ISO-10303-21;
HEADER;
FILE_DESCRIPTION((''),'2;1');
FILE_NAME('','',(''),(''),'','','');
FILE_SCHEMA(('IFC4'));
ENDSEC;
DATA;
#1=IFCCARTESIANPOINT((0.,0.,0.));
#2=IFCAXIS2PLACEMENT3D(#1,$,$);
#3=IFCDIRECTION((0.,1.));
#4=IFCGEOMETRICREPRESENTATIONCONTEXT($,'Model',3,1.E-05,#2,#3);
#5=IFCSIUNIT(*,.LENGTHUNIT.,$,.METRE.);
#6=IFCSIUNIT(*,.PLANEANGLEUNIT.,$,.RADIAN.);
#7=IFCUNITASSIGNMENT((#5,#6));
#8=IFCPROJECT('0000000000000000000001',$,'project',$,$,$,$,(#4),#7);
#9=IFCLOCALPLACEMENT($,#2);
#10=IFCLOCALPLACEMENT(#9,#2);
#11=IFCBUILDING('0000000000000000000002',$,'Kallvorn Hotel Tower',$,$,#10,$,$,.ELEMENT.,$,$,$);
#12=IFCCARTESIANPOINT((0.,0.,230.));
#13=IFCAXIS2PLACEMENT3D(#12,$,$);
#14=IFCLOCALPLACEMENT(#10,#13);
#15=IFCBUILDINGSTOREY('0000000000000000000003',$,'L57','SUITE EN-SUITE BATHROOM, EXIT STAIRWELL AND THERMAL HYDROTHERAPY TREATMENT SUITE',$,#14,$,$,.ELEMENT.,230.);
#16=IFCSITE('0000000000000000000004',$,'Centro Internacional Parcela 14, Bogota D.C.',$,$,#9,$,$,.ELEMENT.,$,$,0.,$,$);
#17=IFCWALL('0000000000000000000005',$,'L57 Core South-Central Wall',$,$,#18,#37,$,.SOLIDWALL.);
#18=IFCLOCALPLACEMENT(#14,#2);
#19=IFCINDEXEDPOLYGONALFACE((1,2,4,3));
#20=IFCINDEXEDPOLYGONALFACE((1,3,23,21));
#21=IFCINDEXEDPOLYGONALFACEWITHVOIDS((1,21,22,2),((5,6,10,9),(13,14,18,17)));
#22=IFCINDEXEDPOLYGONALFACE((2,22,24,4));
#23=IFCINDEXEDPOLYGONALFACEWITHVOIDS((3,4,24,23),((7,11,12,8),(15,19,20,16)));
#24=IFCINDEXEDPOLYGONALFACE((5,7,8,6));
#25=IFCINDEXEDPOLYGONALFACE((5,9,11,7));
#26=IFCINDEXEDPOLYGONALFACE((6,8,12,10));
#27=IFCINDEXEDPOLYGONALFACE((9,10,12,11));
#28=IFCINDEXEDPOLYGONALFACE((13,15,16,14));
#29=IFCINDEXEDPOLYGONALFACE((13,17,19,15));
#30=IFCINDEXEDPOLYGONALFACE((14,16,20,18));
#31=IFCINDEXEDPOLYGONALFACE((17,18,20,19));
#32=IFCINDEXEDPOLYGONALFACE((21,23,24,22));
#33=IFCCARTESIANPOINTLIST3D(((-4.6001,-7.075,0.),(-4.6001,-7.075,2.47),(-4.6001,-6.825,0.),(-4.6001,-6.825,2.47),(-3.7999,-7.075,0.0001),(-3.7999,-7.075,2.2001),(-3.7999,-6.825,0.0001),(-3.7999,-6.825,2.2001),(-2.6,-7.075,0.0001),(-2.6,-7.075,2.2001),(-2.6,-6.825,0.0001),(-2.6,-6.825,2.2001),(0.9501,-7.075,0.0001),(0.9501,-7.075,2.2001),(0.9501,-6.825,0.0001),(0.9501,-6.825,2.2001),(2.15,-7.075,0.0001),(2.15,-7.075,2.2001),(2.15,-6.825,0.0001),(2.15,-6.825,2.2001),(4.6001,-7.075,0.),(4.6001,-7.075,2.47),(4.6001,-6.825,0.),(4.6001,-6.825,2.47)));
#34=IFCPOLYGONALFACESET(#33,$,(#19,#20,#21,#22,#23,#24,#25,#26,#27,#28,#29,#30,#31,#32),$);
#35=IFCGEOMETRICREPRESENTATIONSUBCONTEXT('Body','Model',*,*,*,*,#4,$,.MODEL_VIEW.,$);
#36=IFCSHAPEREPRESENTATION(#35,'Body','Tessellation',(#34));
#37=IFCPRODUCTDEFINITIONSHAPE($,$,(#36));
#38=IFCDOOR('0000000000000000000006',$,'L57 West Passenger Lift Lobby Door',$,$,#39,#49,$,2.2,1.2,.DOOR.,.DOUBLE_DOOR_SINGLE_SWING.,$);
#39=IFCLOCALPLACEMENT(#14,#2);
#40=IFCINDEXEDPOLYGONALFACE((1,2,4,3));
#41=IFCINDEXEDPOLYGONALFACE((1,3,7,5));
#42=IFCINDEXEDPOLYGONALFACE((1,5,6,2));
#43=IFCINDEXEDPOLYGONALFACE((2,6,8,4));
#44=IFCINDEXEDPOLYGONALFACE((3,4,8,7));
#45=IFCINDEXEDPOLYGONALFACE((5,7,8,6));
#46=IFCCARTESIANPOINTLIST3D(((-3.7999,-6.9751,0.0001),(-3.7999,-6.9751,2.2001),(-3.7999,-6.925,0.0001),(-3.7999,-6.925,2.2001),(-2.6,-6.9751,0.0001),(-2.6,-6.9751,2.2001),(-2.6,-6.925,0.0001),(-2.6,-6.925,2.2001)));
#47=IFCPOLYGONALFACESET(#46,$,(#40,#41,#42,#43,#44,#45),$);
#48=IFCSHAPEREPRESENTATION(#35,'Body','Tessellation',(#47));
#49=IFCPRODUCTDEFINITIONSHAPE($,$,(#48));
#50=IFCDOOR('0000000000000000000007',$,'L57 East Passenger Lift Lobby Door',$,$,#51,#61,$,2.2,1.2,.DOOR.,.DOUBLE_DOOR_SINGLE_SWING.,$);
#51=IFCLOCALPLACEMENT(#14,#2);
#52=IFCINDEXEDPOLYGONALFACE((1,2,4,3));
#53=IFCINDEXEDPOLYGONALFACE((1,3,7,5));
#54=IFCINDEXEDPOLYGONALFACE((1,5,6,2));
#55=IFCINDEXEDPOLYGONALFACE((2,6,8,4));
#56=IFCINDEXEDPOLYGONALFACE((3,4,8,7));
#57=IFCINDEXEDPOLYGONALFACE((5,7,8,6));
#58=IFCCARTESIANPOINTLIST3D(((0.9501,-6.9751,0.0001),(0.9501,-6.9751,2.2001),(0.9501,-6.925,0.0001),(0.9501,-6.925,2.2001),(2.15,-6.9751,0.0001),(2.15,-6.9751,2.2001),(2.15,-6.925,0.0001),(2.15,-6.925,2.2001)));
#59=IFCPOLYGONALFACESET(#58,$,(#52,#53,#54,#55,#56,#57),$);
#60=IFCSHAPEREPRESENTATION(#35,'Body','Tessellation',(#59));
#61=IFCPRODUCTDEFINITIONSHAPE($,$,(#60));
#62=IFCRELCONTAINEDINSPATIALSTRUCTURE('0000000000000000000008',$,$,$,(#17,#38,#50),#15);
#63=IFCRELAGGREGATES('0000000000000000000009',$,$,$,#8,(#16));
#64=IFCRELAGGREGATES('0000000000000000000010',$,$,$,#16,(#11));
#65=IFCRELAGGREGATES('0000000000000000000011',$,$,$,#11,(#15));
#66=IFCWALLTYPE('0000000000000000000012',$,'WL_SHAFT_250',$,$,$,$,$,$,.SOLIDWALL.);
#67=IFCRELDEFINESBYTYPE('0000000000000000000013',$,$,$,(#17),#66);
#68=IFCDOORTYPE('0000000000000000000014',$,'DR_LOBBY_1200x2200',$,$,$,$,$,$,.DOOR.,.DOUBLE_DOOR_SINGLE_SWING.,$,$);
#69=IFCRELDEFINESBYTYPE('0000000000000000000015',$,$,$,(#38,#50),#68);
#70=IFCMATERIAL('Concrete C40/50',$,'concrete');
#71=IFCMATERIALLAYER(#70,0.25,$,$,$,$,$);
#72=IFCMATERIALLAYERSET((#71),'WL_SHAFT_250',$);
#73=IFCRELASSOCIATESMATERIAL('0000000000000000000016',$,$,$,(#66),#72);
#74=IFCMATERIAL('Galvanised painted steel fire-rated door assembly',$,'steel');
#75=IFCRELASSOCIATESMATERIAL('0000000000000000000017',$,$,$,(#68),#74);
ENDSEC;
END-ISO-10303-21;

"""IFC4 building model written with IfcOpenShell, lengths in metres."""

from ifc_helpers import new_model, si_unit, direction, frame, frame_2d, origin, place, context, subcontext, project, spatial, rectangle, extrude, material, layer, layer_set, type_object, element, fill, save


model = new_model("IFC4")

# Units and contexts
model_context = context("Model", 3, precision=1e-05, world=origin(), true_north=direction((0.0, 1.0)))
body_context = subcontext(model_context, "Body", "Model", "MODEL_VIEW")
ifc_project = project(units=[si_unit("LENGTHUNIT", "METRE"), si_unit("PLANEANGLEUNIT", "RADIAN")], contexts=[model_context])

# Site, building, storey
site_placement = place(None, origin())
site = spatial("IfcSite", under=ifc_project, at=site_placement, Name="Centro Internacional Parcela 14, Bogota D.C.", CompositionType="ELEMENT", RefElevation=0.0)
building_placement = place(site_placement, origin())
building = spatial("IfcBuilding", under=site, at=building_placement, Name="Kallvorn Hotel Tower", CompositionType="ELEMENT")
storey_placement = place(building_placement, frame((0.0, 0.0, 230.0)))
storey = spatial("IfcBuildingStorey", under=building, at=storey_placement, Name="L57", Description="SUITE EN-SUITE BATHROOM, EXIT STAIRWELL AND THERMAL HYDROTHERAPY TREATMENT SUITE", CompositionType="ELEMENT", Elevation=230.0)

# Wall, openings, doors
ifc_material_1 = material(Name="Concrete C40/50", Category="concrete")
ifc_layer_1 = layer(ifc_material_1, 0.25)
ifc_layer_set_1 = layer_set([ifc_layer_1], Name="WL_SHAFT_250")
wall_type_1 = type_object("IfcWallType", Name="WL_SHAFT_250", PredefinedType="SOLIDWALL", material=ifc_layer_set_1)
wall_1_placement = place(storey_placement, frame((-4.6001, -6.95, 0.0), z_axis=(0.0, 0.0, 1.0), x_axis=(1.0, 0.0, 0.0)))
wall_1 = element("IfcWall", 1, at=wall_1_placement, inside=storey, type_object=wall_type_1, Name="L57 Core South-Central Wall", PredefinedType="SOLIDWALL", context=body_context, shape_type="SweptSolid", body=[
    extrude(rectangle(XDim=9.2002, YDim=0.25, at=frame_2d((4.6001, 0.0))), origin(), (0.0, 0.0, 1.0), 2.47),
])
opening_1_placement = place(wall_1_placement, frame((0.8, 0.0, 0.0)))
opening_1 = element("IfcOpeningElement", 2, at=opening_1_placement, cuts=wall_1, PredefinedType="OPENING", context=body_context, shape_type="SweptSolid", body=[
    extrude(rectangle(XDim=1.2, YDim=2.2, at=frame_2d((0.6001, 1.1001))), frame((0.0, 0.1399, 0.0), z_axis=(0.0, -1.0, 0.0), x_axis=(1.0, 0.0, 0.0)), (0.0, 0.0, 1.0), 0.28),
])
opening_2_placement = place(wall_1_placement, frame((5.55, 0.0, 0.0)))
opening_2 = element("IfcOpeningElement", 3, at=opening_2_placement, cuts=wall_1, PredefinedType="OPENING", context=body_context, shape_type="SweptSolid", body=[
    extrude(rectangle(XDim=1.2, YDim=2.2, at=frame_2d((0.6001, 1.1001))), frame((0.0, 0.1399, 0.0), z_axis=(0.0, -1.0, 0.0), x_axis=(1.0, 0.0, 0.0)), (0.0, 0.0, 1.0), 0.28),
])
ifc_material_2 = material(Name="Galvanised painted steel fire-rated door assembly", Category="steel")
door_type_1 = type_object("IfcDoorType", Name="DR_LOBBY_1200x2200", OperationType="DOUBLE_DOOR_SINGLE_SWING", PredefinedType="DOOR", material=ifc_material_2)
door_1_placement = place(opening_1_placement, origin())
door_1 = element("IfcDoor", 4, at=door_1_placement, inside=storey, type_object=door_type_1, Name="L57 West Passenger Lift Lobby Door", OperationType="DOUBLE_DOOR_SINGLE_SWING", OverallHeight=2.2, OverallWidth=1.2, PredefinedType="DOOR", context=body_context, shape_type="SweptSolid", body=[
    extrude(rectangle(XDim=1.2, YDim=2.2, at=frame_2d((0.6001, 1.1001))), frame((0.0, 0.0249, 0.0), z_axis=(0.0, -1.0, 0.0), x_axis=(1.0, 0.0, 0.0)), (0.0, 0.0, 1.0), 0.05),
])
fill(opening_1, door_1)
door_2_placement = place(opening_2_placement, origin())
door_2 = element("IfcDoor", 5, at=door_2_placement, inside=storey, type_object=door_type_1, Name="L57 East Passenger Lift Lobby Door", OperationType="DOUBLE_DOOR_SINGLE_SWING", OverallHeight=2.2, OverallWidth=1.2, PredefinedType="DOOR", context=body_context, shape_type="SweptSolid", body=[
    extrude(rectangle(XDim=1.2, YDim=2.2, at=frame_2d((0.6001, 1.1001))), frame((0.0, 0.0249, 0.0), z_axis=(0.0, -1.0, 0.0), x_axis=(1.0, 0.0, 0.0)), (0.0, 0.0, 1.0), 0.05),
])
fill(opening_2, door_2)

save(model, "model.ifc")
